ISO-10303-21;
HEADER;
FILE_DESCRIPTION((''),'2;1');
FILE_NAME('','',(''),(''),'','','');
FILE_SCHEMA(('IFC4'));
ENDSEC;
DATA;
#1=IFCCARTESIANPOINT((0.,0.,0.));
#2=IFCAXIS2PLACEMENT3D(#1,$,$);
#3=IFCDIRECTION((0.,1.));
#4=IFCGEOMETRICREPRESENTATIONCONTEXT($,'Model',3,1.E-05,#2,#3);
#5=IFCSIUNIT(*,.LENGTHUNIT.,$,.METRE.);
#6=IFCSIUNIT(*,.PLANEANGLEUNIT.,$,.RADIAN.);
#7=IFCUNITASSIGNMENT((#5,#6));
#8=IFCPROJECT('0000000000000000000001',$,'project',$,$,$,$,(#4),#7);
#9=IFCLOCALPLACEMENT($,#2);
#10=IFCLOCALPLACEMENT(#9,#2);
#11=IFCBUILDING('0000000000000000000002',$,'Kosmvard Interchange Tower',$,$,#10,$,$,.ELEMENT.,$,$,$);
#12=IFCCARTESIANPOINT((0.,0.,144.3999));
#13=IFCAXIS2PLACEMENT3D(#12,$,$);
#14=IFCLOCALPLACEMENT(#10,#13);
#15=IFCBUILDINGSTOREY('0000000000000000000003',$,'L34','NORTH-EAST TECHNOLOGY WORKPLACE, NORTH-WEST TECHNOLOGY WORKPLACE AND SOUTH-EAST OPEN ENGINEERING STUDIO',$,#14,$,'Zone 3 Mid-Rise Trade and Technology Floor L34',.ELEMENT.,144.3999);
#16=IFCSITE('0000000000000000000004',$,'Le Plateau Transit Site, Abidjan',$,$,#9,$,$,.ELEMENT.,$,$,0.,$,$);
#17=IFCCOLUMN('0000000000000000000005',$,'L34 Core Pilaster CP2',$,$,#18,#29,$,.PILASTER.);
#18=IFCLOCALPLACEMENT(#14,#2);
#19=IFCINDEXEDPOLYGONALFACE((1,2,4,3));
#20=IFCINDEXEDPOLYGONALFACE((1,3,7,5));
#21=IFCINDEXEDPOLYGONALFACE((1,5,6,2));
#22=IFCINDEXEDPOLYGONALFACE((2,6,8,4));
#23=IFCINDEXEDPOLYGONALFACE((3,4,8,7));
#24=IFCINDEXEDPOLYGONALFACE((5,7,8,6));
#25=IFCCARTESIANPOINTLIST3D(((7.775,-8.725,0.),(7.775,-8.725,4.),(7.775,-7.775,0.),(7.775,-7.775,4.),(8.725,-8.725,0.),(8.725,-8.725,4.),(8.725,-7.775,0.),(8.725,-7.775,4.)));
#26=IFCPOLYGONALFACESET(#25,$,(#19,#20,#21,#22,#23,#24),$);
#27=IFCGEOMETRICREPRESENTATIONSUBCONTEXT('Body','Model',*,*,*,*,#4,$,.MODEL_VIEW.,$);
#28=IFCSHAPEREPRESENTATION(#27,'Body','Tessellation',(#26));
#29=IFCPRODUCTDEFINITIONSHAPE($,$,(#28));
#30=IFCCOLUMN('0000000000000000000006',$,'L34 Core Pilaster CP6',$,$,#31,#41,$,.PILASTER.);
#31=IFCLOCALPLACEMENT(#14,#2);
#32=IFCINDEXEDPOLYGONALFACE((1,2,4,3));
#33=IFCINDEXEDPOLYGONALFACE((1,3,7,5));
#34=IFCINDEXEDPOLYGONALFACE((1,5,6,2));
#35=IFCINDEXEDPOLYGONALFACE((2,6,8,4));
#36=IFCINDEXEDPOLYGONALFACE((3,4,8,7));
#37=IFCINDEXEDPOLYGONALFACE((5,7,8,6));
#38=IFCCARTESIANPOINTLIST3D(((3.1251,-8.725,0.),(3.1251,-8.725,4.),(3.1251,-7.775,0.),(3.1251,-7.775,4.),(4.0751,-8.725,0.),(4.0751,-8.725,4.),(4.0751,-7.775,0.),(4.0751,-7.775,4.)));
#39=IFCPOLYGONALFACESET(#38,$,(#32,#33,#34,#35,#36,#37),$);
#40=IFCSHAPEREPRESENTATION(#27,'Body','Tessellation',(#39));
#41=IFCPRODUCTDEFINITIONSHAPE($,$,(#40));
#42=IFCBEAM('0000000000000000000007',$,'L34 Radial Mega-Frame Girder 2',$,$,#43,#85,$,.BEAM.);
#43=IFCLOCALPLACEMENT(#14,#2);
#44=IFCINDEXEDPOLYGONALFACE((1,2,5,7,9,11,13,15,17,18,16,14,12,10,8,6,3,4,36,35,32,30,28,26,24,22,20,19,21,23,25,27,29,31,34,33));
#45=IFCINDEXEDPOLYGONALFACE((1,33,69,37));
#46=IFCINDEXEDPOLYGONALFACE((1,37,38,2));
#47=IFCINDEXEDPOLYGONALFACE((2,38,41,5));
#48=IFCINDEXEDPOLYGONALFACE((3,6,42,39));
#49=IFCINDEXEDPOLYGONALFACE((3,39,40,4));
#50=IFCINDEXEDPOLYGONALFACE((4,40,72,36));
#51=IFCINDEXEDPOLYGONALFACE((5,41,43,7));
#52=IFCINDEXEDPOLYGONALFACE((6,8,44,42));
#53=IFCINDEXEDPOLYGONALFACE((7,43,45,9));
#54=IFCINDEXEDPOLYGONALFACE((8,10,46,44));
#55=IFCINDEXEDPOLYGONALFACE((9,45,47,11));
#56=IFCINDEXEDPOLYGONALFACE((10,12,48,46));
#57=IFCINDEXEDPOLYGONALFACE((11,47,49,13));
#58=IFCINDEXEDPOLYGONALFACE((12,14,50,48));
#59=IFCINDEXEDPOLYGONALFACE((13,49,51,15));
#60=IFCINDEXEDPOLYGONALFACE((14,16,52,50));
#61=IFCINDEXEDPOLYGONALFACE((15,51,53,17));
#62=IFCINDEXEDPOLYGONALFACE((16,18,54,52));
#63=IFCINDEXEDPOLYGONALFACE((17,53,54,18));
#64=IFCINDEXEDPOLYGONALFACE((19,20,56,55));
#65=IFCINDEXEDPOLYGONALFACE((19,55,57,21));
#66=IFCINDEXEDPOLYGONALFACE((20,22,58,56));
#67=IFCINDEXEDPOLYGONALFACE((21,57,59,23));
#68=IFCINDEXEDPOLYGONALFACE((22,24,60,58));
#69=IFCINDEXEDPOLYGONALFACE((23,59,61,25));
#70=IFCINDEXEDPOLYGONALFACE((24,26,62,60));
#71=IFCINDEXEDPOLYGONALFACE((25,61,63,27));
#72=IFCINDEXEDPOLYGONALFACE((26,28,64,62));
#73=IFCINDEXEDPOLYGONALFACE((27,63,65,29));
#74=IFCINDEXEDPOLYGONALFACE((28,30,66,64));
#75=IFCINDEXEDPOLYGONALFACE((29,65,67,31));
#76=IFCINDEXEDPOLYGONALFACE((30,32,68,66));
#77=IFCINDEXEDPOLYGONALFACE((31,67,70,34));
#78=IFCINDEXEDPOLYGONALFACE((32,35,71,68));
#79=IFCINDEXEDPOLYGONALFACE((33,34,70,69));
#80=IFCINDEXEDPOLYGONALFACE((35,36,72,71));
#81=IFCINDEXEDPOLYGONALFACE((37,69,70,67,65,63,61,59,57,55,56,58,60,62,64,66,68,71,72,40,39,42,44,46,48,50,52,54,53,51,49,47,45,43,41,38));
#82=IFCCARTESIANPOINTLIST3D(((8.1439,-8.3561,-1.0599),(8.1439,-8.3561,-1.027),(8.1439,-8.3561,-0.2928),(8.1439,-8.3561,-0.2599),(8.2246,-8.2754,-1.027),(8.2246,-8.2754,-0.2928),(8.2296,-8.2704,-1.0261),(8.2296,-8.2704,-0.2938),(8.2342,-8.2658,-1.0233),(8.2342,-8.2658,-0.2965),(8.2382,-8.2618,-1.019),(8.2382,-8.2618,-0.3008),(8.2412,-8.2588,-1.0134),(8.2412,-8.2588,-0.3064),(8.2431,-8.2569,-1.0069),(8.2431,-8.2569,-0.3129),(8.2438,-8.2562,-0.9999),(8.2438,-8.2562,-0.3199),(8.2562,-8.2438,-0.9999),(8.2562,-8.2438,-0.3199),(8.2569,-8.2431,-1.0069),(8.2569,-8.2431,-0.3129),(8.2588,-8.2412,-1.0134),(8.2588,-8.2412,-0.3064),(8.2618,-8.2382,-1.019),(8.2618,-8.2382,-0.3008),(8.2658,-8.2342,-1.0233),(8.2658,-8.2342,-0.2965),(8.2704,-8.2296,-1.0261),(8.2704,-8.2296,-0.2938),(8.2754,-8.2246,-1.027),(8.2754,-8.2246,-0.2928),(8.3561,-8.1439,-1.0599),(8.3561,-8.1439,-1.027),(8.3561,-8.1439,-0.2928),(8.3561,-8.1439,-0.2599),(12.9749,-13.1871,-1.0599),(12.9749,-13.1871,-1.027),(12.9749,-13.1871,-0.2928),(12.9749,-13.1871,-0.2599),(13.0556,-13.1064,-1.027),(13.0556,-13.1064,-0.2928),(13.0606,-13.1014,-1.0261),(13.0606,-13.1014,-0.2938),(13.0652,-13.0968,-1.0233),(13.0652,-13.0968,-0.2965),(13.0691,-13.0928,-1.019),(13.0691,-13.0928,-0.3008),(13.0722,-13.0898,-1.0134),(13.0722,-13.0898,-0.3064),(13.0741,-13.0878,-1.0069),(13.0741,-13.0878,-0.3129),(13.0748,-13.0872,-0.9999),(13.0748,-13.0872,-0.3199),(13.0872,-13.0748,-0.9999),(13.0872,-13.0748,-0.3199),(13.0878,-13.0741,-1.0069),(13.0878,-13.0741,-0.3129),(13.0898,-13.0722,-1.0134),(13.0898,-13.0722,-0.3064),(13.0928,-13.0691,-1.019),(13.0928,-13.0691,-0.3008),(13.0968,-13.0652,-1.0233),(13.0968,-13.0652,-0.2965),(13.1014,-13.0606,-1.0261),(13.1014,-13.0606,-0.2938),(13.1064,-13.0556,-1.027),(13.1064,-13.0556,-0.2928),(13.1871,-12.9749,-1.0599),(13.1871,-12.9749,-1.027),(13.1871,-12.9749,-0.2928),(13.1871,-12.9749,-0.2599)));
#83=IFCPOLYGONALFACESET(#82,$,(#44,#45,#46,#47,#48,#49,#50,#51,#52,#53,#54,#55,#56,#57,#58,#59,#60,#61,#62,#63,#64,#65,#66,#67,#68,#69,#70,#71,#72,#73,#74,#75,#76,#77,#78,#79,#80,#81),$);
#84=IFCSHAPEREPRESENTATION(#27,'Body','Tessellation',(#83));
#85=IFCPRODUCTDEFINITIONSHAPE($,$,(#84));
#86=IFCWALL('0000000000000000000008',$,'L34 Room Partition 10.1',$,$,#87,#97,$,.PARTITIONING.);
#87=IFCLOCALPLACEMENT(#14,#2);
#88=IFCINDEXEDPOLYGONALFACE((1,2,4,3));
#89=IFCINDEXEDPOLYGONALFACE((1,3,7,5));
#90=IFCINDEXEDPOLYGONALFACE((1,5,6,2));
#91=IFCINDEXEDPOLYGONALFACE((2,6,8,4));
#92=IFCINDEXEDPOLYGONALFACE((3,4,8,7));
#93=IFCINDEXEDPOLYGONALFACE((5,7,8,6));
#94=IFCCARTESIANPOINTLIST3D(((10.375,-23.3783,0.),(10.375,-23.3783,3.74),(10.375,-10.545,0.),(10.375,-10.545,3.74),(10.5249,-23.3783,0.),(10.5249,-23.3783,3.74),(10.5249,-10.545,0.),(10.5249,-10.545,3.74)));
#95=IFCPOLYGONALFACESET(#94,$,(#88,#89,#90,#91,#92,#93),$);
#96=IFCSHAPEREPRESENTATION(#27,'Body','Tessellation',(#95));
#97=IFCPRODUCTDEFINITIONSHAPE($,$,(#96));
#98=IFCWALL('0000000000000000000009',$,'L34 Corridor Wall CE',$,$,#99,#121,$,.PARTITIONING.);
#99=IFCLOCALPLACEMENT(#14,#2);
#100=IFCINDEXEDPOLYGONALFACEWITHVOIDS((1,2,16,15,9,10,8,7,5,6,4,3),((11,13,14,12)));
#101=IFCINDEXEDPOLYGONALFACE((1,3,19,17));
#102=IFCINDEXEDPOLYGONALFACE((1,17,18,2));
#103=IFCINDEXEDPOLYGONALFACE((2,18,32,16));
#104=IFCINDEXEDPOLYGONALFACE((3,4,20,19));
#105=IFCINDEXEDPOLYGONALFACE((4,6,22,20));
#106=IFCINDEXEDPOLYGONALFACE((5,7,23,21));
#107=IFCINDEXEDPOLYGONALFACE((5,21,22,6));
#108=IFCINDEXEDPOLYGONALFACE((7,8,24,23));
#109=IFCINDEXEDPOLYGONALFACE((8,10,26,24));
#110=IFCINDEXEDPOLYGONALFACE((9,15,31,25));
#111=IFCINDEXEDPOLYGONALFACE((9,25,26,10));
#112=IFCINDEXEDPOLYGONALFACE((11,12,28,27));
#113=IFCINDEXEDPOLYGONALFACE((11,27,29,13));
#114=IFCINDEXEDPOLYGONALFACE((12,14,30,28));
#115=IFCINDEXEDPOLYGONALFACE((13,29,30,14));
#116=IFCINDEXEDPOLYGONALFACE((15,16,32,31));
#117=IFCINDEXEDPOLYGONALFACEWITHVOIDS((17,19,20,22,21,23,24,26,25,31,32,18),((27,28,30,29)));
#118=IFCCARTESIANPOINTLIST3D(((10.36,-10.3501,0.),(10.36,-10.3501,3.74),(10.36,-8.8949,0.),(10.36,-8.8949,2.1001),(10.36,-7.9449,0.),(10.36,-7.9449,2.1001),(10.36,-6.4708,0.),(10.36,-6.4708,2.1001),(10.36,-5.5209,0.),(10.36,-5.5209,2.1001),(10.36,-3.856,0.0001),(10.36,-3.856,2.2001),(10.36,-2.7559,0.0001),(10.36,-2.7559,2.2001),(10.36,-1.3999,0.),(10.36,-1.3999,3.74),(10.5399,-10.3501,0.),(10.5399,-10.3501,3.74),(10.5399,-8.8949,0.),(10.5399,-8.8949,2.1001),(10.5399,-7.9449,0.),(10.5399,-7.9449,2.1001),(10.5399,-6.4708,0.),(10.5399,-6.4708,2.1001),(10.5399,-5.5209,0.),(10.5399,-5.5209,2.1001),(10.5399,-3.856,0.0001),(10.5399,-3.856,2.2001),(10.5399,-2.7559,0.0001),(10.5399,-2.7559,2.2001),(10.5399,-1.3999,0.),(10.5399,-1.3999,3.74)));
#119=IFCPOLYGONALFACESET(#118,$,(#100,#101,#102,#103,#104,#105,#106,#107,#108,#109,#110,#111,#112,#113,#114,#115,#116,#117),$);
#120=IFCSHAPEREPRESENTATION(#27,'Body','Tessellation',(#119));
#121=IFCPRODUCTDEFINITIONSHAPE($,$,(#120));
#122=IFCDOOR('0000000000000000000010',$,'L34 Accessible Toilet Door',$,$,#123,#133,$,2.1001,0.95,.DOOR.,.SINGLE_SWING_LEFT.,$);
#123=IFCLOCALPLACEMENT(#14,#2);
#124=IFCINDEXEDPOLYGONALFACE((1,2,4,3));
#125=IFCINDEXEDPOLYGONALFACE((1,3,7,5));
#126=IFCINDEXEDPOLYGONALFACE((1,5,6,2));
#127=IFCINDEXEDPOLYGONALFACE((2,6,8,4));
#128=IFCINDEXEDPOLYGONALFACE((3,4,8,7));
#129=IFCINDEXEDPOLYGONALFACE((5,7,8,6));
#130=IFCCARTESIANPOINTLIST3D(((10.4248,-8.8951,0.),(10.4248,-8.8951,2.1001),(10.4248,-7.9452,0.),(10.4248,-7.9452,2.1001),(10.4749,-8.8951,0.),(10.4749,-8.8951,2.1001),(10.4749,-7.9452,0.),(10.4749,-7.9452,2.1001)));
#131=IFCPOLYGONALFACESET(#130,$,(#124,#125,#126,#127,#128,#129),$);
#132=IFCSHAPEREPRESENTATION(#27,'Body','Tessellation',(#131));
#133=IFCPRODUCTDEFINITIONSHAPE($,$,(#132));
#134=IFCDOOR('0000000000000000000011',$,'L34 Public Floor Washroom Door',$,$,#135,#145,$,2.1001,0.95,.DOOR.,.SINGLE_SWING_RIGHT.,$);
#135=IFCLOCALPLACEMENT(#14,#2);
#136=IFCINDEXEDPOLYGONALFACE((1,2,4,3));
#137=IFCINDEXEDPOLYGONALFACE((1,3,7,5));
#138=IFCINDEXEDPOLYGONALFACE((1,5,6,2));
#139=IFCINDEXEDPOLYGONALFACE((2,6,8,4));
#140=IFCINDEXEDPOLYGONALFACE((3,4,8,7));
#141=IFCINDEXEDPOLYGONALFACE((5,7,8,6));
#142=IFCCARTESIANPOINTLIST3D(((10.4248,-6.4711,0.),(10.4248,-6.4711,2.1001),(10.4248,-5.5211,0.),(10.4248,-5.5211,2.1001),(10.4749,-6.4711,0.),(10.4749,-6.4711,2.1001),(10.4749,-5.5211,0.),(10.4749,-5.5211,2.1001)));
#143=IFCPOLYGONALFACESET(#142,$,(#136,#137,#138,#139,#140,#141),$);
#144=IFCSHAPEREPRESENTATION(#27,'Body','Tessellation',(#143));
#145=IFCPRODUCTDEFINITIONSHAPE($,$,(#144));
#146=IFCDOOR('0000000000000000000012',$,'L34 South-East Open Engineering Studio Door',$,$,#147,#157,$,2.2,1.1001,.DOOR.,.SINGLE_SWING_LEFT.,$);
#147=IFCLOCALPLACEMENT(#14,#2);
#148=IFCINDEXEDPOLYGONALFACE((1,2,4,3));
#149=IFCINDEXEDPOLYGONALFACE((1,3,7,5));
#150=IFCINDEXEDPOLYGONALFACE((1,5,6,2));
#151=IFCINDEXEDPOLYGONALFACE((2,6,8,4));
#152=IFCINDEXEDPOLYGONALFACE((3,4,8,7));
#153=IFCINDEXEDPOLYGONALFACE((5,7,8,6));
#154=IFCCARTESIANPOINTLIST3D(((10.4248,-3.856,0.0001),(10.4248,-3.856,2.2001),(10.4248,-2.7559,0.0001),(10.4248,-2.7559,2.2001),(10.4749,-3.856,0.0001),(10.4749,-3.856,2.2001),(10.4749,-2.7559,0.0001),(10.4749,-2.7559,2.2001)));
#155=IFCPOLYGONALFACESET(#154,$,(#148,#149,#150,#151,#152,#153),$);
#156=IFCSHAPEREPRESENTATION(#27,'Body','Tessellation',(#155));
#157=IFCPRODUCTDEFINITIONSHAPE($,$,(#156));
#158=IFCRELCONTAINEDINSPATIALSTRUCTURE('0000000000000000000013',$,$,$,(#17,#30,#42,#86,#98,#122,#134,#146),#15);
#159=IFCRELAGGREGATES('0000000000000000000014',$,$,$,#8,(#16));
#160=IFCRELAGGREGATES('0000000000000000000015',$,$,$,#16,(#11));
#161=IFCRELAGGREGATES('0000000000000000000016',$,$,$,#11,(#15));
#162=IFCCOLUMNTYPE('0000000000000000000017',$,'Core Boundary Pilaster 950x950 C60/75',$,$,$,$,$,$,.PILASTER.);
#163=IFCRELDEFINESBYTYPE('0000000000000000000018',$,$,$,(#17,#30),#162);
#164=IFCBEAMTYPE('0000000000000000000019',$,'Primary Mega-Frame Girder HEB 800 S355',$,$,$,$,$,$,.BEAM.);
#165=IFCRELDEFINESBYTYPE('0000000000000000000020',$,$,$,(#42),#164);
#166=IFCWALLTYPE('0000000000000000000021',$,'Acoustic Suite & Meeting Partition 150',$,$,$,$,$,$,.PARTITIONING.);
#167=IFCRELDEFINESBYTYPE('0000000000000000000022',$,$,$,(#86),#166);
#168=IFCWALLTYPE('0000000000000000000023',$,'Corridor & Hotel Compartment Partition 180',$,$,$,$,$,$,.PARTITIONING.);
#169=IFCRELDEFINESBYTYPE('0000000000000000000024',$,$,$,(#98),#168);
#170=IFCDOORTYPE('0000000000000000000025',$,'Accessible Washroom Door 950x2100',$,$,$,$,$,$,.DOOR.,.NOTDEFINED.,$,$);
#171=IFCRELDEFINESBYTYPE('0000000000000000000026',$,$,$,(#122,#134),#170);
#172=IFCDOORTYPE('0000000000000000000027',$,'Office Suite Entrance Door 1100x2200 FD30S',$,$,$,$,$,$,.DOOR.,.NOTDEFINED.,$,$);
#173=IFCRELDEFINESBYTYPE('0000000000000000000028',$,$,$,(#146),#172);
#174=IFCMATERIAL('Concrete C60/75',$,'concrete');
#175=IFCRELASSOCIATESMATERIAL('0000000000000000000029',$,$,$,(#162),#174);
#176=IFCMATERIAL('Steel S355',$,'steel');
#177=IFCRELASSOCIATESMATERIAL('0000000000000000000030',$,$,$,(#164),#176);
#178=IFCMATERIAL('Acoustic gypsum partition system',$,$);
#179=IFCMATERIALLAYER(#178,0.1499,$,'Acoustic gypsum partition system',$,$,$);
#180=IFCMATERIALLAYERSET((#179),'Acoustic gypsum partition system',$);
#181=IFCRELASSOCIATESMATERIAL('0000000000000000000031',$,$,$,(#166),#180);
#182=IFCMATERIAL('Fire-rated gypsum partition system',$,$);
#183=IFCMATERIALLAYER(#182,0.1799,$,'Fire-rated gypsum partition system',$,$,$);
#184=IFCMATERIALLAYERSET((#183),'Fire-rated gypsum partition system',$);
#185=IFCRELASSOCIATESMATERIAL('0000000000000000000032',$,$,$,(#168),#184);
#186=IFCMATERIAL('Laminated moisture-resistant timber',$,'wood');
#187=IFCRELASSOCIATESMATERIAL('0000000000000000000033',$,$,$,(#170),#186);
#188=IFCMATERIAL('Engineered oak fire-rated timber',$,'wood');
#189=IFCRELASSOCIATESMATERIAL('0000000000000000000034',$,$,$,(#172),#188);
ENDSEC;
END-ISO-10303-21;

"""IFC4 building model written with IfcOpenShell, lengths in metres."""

from ifc_helpers import new_model, si_unit, direction, frame, frame_2d, origin, origin_2d, place, context, subcontext, project, spatial, rectangle, i_section, extrude, source, transform, mapped, material, layer, layer_set, material_profile, profile_set, type_object, element, fill, save


model = new_model("IFC4")

# Units and contexts
model_context = context("Model", 3, precision=1e-05, world=origin(), true_north=direction((0.0, 1.0)))
body_context = subcontext(model_context, "Body", "Model", "MODEL_VIEW")
ifc_project = project(units=[si_unit("LENGTHUNIT", "METRE"), si_unit("PLANEANGLEUNIT", "RADIAN")], contexts=[model_context])

# Site, building, storey
site_placement = place(None, origin())
site = spatial("IfcSite", under=ifc_project, at=site_placement, Name="Le Plateau Transit Site, Abidjan", CompositionType="ELEMENT", RefElevation=0.0)
building_placement = place(site_placement, origin())
building = spatial("IfcBuilding", under=site, at=building_placement, Name="Kosmvard Interchange Tower", CompositionType="ELEMENT")
storey_placement = place(building_placement, frame((0.0, 0.0, 144.3999)))
storey = spatial("IfcBuildingStorey", under=building, at=storey_placement, Name="L34", Description="NORTH-EAST TECHNOLOGY WORKPLACE, NORTH-WEST TECHNOLOGY WORKPLACE AND SOUTH-EAST OPEN ENGINEERING STUDIO", LongName="Zone 3 Mid-Rise Trade and Technology Floor L34", CompositionType="ELEMENT", Elevation=144.3999)

# Columns
ifc_material_1 = material(Name="Concrete C60/75", Category="concrete")
ifc_material_profile_1 = material_profile(ifc_material_1, rectangle(XDim=0.95, YDim=0.95, at=origin_2d()), Name="CP 950x950")
ifc_profile_set_1 = profile_set([ifc_material_profile_1], Name="Concrete C60/75")
column_type = type_object("IfcColumnType", Name="Core Boundary Pilaster 950x950 C60/75", PredefinedType="PILASTER", material=ifc_profile_set_1)
shared_shape_1 = source(origin(), body_context, "Body", "SweptSolid", [
    extrude(rectangle(XDim=0.95, YDim=0.95, at=origin_2d()), origin(), (0.0, 0.0, 1.0), 4.0),
])
for number, where, z_axis, x_axis, name in (
    (1, (8.25, -8.25, 0.0), (0.0, 0.0, 1.0), (1.0, 0.0, 0.0), "L34 Core Pilaster CP2"),
    (2, (3.6001, -8.25, 0.0), (0.0, 0.0, 1.0), (1.0, 0.0, 0.0), "L34 Core Pilaster CP6"),
):
    element("IfcColumn", number, at=place(storey_placement, frame(where, z_axis=z_axis, x_axis=x_axis)), inside=storey, type_object=column_type, Name=name, PredefinedType="PILASTER", context=body_context, shape_type="MappedRepresentation", body=[
        mapped(shared_shape_1, transform((0.0, 0.0, 0.0), scale=1.0)),
    ])

# Beam
ifc_material_2 = material(Name="Steel S355", Category="steel")
ifc_material_profile_2 = material_profile(ifc_material_2, i_section(OverallWidth=0.3, OverallDepth=0.8, WebThickness=0.0176, FlangeThickness=0.033, FilletRadius=0.0271, at=origin_2d()), Name="HEB 800")
ifc_profile_set_2 = profile_set([ifc_material_profile_2], Name="Steel S355")
beam_type = type_object("IfcBeamType", Name="Primary Mega-Frame Girder HEB 800 S355", PredefinedType="BEAM", material=ifc_profile_set_2)
shared_shape_2 = source(origin(), body_context, "Body", "SweptSolid", [
    extrude(i_section(OverallWidth=0.3, OverallDepth=0.8, WebThickness=0.0176, FlangeThickness=0.033, FilletRadius=0.0271, at=origin_2d()), origin(), (0.0, 0.0, 1.0), 6.832),
])
beam_placement = place(storey_placement, frame((8.25, -8.25, -0.6599), z_axis=(0.707107, -0.707107, 0.0), x_axis=(0.707107, 0.707107, 0.0)))
element("IfcBeam", 3, at=beam_placement, inside=storey, type_object=beam_type, Name="L34 Radial Mega-Frame Girder 2", PredefinedType="BEAM", context=body_context, shape_type="MappedRepresentation", body=[
    mapped(shared_shape_2, transform((0.0, 0.0, 0.0), scale=1.0)),
])

# Wall
ifc_material_3 = material(Name="Acoustic gypsum partition system")
ifc_layer_1 = layer(ifc_material_3, 0.1499, Name="Acoustic gypsum partition system")
ifc_layer_set_1 = layer_set([ifc_layer_1], Name="Acoustic gypsum partition system")
wall_type_1 = type_object("IfcWallType", Name="Acoustic Suite & Meeting Partition 150", PredefinedType="PARTITIONING", material=ifc_layer_set_1)
wall_1_placement = place(storey_placement, frame((10.45, -23.3782, 0.0), z_axis=(0.0, 0.0, 1.0), x_axis=(0.0, 1.0, 0.0)))
element("IfcWall", 4, at=wall_1_placement, inside=storey, type_object=wall_type_1, Name="L34 Room Partition 10.1", PredefinedType="PARTITIONING", context=body_context, shape_type="SweptSolid", body=[
    extrude(rectangle(XDim=12.8333, YDim=0.1499, at=frame_2d((6.4165, 0.0))), origin(), (0.0, 0.0, 1.0), 3.74),
])

# Wall, openings, doors
ifc_material_4 = material(Name="Fire-rated gypsum partition system")
ifc_layer_2 = layer(ifc_material_4, 0.1799, Name="Fire-rated gypsum partition system")
ifc_layer_set_2 = layer_set([ifc_layer_2], Name="Fire-rated gypsum partition system")
wall_type_2 = type_object("IfcWallType", Name="Corridor & Hotel Compartment Partition 180", PredefinedType="PARTITIONING", material=ifc_layer_set_2)
wall_2_placement = place(storey_placement, frame((10.45, -10.3501, 0.0), z_axis=(0.0, 0.0, 1.0), x_axis=(0.0, 1.0, 0.0)))
wall_2 = element("IfcWall", 5, at=wall_2_placement, inside=storey, type_object=wall_type_2, Name="L34 Corridor Wall CE", PredefinedType="PARTITIONING", context=body_context, shape_type="SweptSolid", body=[
    extrude(rectangle(XDim=8.9502, YDim=0.1799, at=frame_2d((4.4751, 0.0))), origin(), (0.0, 0.0, 1.0), 3.74),
])
opening_1_placement = place(wall_2_placement, frame((1.4551, 0.0, 0.0)))
opening_1 = element("IfcOpeningElement", 6, at=opening_1_placement, cuts=wall_2, PredefinedType="OPENING", context=body_context, shape_type="SweptSolid", body=[
    extrude(rectangle(XDim=0.95, YDim=2.1001, at=frame_2d((0.4751, 1.05))), frame((0.0, 0.1001, 0.0), z_axis=(0.0, -1.0, 0.0), x_axis=(1.0, 0.0, 0.0)), (0.0, 0.0, 1.0), 0.2),
])
opening_2_placement = place(wall_2_placement, frame((3.8792, 0.0, 0.0)))
opening_2 = element("IfcOpeningElement", 7, at=opening_2_placement, cuts=wall_2, PredefinedType="OPENING", context=body_context, shape_type="SweptSolid", body=[
    extrude(rectangle(XDim=0.95, YDim=2.1001, at=frame_2d((0.4751, 1.05))), frame((0.0, 0.1001, 0.0), z_axis=(0.0, -1.0, 0.0), x_axis=(1.0, 0.0, 0.0)), (0.0, 0.0, 1.0), 0.2),
])
opening_3_placement = place(wall_2_placement, frame((6.4941, 0.0, 0.0)))
opening_3 = element("IfcOpeningElement", 8, at=opening_3_placement, cuts=wall_2, PredefinedType="OPENING", context=body_context, shape_type="SweptSolid", body=[
    extrude(rectangle(XDim=1.1001, YDim=2.2, at=frame_2d((0.55, 1.1001))), frame((0.0, 0.1001, 0.0), z_axis=(0.0, -1.0, 0.0), x_axis=(1.0, 0.0, 0.0)), (0.0, 0.0, 1.0), 0.2),
])
ifc_material_5 = material(Name="Laminated moisture-resistant timber", Category="wood")
door_type_1 = type_object("IfcDoorType", Name="Accessible Washroom Door 950x2100", OperationType="NOTDEFINED", PredefinedType="DOOR", material=ifc_material_5)
shared_shape_3 = source(origin(), body_context, "Body", "SweptSolid", [
    extrude(rectangle(XDim=0.95, YDim=2.1001, at=frame_2d((0.4751, 1.05))), frame((0.0, 0.0249, 0.0), z_axis=(0.0, -1.0, 0.0), x_axis=(1.0, 0.0, 0.0)), (0.0, 0.0, 1.0), 0.05),
])
door_1_placement = place(opening_1_placement, frame((0.95, 0.0, 0.0), z_axis=(0.0, 0.0, 1.0), x_axis=(-1.0, 0.0, 0.0)))
door_1 = element("IfcDoor", 9, at=door_1_placement, inside=storey, type_object=door_type_1, Name="L34 Accessible Toilet Door", OperationType="SINGLE_SWING_LEFT", OverallHeight=2.1001, OverallWidth=0.95, PredefinedType="DOOR", context=body_context, shape_type="MappedRepresentation", body=[
    mapped(shared_shape_3, transform((0.0, 0.0, 0.0), scale=1.0)),
])
fill(opening_1, door_1)
door_2_placement = place(opening_2_placement, frame((0.95, 0.0, 0.0), z_axis=(0.0, 0.0, 1.0), x_axis=(-1.0, 0.0, 0.0)))
door_2 = element("IfcDoor", 10, at=door_2_placement, inside=storey, type_object=door_type_1, Name="L34 Public Floor Washroom Door", OperationType="SINGLE_SWING_RIGHT", OverallHeight=2.1001, OverallWidth=0.95, PredefinedType="DOOR", context=body_context, shape_type="MappedRepresentation", body=[
    mapped(shared_shape_3, transform((0.0, 0.0, 0.0), scale=1.0)),
])
fill(opening_2, door_2)
ifc_material_6 = material(Name="Engineered oak fire-rated timber", Category="wood")
door_type_2 = type_object("IfcDoorType", Name="Office Suite Entrance Door 1100x2200 FD30S", OperationType="NOTDEFINED", PredefinedType="DOOR", material=ifc_material_6)
shared_shape_4 = source(origin(), body_context, "Body", "SweptSolid", [
    extrude(rectangle(XDim=1.1001, YDim=2.2, at=frame_2d((0.55, 1.1001))), frame((0.0, 0.0249, 0.0), z_axis=(0.0, -1.0, 0.0), x_axis=(1.0, 0.0, 0.0)), (0.0, 0.0, 1.0), 0.05),
])
door_3_placement = place(opening_3_placement, frame((1.1001, 0.0, 0.0), z_axis=(0.0, 0.0, 1.0), x_axis=(-1.0, 0.0, 0.0)))
door_3 = element("IfcDoor", 11, at=door_3_placement, inside=storey, type_object=door_type_2, Name="L34 South-East Open Engineering Studio Door", OperationType="SINGLE_SWING_LEFT", OverallHeight=2.2, OverallWidth=1.1001, PredefinedType="DOOR", context=body_context, shape_type="MappedRepresentation", body=[
    mapped(shared_shape_4, transform((0.0, 0.0, 0.0), scale=1.0)),
])
fill(opening_3, door_3)

save(model, "model.ifc")
